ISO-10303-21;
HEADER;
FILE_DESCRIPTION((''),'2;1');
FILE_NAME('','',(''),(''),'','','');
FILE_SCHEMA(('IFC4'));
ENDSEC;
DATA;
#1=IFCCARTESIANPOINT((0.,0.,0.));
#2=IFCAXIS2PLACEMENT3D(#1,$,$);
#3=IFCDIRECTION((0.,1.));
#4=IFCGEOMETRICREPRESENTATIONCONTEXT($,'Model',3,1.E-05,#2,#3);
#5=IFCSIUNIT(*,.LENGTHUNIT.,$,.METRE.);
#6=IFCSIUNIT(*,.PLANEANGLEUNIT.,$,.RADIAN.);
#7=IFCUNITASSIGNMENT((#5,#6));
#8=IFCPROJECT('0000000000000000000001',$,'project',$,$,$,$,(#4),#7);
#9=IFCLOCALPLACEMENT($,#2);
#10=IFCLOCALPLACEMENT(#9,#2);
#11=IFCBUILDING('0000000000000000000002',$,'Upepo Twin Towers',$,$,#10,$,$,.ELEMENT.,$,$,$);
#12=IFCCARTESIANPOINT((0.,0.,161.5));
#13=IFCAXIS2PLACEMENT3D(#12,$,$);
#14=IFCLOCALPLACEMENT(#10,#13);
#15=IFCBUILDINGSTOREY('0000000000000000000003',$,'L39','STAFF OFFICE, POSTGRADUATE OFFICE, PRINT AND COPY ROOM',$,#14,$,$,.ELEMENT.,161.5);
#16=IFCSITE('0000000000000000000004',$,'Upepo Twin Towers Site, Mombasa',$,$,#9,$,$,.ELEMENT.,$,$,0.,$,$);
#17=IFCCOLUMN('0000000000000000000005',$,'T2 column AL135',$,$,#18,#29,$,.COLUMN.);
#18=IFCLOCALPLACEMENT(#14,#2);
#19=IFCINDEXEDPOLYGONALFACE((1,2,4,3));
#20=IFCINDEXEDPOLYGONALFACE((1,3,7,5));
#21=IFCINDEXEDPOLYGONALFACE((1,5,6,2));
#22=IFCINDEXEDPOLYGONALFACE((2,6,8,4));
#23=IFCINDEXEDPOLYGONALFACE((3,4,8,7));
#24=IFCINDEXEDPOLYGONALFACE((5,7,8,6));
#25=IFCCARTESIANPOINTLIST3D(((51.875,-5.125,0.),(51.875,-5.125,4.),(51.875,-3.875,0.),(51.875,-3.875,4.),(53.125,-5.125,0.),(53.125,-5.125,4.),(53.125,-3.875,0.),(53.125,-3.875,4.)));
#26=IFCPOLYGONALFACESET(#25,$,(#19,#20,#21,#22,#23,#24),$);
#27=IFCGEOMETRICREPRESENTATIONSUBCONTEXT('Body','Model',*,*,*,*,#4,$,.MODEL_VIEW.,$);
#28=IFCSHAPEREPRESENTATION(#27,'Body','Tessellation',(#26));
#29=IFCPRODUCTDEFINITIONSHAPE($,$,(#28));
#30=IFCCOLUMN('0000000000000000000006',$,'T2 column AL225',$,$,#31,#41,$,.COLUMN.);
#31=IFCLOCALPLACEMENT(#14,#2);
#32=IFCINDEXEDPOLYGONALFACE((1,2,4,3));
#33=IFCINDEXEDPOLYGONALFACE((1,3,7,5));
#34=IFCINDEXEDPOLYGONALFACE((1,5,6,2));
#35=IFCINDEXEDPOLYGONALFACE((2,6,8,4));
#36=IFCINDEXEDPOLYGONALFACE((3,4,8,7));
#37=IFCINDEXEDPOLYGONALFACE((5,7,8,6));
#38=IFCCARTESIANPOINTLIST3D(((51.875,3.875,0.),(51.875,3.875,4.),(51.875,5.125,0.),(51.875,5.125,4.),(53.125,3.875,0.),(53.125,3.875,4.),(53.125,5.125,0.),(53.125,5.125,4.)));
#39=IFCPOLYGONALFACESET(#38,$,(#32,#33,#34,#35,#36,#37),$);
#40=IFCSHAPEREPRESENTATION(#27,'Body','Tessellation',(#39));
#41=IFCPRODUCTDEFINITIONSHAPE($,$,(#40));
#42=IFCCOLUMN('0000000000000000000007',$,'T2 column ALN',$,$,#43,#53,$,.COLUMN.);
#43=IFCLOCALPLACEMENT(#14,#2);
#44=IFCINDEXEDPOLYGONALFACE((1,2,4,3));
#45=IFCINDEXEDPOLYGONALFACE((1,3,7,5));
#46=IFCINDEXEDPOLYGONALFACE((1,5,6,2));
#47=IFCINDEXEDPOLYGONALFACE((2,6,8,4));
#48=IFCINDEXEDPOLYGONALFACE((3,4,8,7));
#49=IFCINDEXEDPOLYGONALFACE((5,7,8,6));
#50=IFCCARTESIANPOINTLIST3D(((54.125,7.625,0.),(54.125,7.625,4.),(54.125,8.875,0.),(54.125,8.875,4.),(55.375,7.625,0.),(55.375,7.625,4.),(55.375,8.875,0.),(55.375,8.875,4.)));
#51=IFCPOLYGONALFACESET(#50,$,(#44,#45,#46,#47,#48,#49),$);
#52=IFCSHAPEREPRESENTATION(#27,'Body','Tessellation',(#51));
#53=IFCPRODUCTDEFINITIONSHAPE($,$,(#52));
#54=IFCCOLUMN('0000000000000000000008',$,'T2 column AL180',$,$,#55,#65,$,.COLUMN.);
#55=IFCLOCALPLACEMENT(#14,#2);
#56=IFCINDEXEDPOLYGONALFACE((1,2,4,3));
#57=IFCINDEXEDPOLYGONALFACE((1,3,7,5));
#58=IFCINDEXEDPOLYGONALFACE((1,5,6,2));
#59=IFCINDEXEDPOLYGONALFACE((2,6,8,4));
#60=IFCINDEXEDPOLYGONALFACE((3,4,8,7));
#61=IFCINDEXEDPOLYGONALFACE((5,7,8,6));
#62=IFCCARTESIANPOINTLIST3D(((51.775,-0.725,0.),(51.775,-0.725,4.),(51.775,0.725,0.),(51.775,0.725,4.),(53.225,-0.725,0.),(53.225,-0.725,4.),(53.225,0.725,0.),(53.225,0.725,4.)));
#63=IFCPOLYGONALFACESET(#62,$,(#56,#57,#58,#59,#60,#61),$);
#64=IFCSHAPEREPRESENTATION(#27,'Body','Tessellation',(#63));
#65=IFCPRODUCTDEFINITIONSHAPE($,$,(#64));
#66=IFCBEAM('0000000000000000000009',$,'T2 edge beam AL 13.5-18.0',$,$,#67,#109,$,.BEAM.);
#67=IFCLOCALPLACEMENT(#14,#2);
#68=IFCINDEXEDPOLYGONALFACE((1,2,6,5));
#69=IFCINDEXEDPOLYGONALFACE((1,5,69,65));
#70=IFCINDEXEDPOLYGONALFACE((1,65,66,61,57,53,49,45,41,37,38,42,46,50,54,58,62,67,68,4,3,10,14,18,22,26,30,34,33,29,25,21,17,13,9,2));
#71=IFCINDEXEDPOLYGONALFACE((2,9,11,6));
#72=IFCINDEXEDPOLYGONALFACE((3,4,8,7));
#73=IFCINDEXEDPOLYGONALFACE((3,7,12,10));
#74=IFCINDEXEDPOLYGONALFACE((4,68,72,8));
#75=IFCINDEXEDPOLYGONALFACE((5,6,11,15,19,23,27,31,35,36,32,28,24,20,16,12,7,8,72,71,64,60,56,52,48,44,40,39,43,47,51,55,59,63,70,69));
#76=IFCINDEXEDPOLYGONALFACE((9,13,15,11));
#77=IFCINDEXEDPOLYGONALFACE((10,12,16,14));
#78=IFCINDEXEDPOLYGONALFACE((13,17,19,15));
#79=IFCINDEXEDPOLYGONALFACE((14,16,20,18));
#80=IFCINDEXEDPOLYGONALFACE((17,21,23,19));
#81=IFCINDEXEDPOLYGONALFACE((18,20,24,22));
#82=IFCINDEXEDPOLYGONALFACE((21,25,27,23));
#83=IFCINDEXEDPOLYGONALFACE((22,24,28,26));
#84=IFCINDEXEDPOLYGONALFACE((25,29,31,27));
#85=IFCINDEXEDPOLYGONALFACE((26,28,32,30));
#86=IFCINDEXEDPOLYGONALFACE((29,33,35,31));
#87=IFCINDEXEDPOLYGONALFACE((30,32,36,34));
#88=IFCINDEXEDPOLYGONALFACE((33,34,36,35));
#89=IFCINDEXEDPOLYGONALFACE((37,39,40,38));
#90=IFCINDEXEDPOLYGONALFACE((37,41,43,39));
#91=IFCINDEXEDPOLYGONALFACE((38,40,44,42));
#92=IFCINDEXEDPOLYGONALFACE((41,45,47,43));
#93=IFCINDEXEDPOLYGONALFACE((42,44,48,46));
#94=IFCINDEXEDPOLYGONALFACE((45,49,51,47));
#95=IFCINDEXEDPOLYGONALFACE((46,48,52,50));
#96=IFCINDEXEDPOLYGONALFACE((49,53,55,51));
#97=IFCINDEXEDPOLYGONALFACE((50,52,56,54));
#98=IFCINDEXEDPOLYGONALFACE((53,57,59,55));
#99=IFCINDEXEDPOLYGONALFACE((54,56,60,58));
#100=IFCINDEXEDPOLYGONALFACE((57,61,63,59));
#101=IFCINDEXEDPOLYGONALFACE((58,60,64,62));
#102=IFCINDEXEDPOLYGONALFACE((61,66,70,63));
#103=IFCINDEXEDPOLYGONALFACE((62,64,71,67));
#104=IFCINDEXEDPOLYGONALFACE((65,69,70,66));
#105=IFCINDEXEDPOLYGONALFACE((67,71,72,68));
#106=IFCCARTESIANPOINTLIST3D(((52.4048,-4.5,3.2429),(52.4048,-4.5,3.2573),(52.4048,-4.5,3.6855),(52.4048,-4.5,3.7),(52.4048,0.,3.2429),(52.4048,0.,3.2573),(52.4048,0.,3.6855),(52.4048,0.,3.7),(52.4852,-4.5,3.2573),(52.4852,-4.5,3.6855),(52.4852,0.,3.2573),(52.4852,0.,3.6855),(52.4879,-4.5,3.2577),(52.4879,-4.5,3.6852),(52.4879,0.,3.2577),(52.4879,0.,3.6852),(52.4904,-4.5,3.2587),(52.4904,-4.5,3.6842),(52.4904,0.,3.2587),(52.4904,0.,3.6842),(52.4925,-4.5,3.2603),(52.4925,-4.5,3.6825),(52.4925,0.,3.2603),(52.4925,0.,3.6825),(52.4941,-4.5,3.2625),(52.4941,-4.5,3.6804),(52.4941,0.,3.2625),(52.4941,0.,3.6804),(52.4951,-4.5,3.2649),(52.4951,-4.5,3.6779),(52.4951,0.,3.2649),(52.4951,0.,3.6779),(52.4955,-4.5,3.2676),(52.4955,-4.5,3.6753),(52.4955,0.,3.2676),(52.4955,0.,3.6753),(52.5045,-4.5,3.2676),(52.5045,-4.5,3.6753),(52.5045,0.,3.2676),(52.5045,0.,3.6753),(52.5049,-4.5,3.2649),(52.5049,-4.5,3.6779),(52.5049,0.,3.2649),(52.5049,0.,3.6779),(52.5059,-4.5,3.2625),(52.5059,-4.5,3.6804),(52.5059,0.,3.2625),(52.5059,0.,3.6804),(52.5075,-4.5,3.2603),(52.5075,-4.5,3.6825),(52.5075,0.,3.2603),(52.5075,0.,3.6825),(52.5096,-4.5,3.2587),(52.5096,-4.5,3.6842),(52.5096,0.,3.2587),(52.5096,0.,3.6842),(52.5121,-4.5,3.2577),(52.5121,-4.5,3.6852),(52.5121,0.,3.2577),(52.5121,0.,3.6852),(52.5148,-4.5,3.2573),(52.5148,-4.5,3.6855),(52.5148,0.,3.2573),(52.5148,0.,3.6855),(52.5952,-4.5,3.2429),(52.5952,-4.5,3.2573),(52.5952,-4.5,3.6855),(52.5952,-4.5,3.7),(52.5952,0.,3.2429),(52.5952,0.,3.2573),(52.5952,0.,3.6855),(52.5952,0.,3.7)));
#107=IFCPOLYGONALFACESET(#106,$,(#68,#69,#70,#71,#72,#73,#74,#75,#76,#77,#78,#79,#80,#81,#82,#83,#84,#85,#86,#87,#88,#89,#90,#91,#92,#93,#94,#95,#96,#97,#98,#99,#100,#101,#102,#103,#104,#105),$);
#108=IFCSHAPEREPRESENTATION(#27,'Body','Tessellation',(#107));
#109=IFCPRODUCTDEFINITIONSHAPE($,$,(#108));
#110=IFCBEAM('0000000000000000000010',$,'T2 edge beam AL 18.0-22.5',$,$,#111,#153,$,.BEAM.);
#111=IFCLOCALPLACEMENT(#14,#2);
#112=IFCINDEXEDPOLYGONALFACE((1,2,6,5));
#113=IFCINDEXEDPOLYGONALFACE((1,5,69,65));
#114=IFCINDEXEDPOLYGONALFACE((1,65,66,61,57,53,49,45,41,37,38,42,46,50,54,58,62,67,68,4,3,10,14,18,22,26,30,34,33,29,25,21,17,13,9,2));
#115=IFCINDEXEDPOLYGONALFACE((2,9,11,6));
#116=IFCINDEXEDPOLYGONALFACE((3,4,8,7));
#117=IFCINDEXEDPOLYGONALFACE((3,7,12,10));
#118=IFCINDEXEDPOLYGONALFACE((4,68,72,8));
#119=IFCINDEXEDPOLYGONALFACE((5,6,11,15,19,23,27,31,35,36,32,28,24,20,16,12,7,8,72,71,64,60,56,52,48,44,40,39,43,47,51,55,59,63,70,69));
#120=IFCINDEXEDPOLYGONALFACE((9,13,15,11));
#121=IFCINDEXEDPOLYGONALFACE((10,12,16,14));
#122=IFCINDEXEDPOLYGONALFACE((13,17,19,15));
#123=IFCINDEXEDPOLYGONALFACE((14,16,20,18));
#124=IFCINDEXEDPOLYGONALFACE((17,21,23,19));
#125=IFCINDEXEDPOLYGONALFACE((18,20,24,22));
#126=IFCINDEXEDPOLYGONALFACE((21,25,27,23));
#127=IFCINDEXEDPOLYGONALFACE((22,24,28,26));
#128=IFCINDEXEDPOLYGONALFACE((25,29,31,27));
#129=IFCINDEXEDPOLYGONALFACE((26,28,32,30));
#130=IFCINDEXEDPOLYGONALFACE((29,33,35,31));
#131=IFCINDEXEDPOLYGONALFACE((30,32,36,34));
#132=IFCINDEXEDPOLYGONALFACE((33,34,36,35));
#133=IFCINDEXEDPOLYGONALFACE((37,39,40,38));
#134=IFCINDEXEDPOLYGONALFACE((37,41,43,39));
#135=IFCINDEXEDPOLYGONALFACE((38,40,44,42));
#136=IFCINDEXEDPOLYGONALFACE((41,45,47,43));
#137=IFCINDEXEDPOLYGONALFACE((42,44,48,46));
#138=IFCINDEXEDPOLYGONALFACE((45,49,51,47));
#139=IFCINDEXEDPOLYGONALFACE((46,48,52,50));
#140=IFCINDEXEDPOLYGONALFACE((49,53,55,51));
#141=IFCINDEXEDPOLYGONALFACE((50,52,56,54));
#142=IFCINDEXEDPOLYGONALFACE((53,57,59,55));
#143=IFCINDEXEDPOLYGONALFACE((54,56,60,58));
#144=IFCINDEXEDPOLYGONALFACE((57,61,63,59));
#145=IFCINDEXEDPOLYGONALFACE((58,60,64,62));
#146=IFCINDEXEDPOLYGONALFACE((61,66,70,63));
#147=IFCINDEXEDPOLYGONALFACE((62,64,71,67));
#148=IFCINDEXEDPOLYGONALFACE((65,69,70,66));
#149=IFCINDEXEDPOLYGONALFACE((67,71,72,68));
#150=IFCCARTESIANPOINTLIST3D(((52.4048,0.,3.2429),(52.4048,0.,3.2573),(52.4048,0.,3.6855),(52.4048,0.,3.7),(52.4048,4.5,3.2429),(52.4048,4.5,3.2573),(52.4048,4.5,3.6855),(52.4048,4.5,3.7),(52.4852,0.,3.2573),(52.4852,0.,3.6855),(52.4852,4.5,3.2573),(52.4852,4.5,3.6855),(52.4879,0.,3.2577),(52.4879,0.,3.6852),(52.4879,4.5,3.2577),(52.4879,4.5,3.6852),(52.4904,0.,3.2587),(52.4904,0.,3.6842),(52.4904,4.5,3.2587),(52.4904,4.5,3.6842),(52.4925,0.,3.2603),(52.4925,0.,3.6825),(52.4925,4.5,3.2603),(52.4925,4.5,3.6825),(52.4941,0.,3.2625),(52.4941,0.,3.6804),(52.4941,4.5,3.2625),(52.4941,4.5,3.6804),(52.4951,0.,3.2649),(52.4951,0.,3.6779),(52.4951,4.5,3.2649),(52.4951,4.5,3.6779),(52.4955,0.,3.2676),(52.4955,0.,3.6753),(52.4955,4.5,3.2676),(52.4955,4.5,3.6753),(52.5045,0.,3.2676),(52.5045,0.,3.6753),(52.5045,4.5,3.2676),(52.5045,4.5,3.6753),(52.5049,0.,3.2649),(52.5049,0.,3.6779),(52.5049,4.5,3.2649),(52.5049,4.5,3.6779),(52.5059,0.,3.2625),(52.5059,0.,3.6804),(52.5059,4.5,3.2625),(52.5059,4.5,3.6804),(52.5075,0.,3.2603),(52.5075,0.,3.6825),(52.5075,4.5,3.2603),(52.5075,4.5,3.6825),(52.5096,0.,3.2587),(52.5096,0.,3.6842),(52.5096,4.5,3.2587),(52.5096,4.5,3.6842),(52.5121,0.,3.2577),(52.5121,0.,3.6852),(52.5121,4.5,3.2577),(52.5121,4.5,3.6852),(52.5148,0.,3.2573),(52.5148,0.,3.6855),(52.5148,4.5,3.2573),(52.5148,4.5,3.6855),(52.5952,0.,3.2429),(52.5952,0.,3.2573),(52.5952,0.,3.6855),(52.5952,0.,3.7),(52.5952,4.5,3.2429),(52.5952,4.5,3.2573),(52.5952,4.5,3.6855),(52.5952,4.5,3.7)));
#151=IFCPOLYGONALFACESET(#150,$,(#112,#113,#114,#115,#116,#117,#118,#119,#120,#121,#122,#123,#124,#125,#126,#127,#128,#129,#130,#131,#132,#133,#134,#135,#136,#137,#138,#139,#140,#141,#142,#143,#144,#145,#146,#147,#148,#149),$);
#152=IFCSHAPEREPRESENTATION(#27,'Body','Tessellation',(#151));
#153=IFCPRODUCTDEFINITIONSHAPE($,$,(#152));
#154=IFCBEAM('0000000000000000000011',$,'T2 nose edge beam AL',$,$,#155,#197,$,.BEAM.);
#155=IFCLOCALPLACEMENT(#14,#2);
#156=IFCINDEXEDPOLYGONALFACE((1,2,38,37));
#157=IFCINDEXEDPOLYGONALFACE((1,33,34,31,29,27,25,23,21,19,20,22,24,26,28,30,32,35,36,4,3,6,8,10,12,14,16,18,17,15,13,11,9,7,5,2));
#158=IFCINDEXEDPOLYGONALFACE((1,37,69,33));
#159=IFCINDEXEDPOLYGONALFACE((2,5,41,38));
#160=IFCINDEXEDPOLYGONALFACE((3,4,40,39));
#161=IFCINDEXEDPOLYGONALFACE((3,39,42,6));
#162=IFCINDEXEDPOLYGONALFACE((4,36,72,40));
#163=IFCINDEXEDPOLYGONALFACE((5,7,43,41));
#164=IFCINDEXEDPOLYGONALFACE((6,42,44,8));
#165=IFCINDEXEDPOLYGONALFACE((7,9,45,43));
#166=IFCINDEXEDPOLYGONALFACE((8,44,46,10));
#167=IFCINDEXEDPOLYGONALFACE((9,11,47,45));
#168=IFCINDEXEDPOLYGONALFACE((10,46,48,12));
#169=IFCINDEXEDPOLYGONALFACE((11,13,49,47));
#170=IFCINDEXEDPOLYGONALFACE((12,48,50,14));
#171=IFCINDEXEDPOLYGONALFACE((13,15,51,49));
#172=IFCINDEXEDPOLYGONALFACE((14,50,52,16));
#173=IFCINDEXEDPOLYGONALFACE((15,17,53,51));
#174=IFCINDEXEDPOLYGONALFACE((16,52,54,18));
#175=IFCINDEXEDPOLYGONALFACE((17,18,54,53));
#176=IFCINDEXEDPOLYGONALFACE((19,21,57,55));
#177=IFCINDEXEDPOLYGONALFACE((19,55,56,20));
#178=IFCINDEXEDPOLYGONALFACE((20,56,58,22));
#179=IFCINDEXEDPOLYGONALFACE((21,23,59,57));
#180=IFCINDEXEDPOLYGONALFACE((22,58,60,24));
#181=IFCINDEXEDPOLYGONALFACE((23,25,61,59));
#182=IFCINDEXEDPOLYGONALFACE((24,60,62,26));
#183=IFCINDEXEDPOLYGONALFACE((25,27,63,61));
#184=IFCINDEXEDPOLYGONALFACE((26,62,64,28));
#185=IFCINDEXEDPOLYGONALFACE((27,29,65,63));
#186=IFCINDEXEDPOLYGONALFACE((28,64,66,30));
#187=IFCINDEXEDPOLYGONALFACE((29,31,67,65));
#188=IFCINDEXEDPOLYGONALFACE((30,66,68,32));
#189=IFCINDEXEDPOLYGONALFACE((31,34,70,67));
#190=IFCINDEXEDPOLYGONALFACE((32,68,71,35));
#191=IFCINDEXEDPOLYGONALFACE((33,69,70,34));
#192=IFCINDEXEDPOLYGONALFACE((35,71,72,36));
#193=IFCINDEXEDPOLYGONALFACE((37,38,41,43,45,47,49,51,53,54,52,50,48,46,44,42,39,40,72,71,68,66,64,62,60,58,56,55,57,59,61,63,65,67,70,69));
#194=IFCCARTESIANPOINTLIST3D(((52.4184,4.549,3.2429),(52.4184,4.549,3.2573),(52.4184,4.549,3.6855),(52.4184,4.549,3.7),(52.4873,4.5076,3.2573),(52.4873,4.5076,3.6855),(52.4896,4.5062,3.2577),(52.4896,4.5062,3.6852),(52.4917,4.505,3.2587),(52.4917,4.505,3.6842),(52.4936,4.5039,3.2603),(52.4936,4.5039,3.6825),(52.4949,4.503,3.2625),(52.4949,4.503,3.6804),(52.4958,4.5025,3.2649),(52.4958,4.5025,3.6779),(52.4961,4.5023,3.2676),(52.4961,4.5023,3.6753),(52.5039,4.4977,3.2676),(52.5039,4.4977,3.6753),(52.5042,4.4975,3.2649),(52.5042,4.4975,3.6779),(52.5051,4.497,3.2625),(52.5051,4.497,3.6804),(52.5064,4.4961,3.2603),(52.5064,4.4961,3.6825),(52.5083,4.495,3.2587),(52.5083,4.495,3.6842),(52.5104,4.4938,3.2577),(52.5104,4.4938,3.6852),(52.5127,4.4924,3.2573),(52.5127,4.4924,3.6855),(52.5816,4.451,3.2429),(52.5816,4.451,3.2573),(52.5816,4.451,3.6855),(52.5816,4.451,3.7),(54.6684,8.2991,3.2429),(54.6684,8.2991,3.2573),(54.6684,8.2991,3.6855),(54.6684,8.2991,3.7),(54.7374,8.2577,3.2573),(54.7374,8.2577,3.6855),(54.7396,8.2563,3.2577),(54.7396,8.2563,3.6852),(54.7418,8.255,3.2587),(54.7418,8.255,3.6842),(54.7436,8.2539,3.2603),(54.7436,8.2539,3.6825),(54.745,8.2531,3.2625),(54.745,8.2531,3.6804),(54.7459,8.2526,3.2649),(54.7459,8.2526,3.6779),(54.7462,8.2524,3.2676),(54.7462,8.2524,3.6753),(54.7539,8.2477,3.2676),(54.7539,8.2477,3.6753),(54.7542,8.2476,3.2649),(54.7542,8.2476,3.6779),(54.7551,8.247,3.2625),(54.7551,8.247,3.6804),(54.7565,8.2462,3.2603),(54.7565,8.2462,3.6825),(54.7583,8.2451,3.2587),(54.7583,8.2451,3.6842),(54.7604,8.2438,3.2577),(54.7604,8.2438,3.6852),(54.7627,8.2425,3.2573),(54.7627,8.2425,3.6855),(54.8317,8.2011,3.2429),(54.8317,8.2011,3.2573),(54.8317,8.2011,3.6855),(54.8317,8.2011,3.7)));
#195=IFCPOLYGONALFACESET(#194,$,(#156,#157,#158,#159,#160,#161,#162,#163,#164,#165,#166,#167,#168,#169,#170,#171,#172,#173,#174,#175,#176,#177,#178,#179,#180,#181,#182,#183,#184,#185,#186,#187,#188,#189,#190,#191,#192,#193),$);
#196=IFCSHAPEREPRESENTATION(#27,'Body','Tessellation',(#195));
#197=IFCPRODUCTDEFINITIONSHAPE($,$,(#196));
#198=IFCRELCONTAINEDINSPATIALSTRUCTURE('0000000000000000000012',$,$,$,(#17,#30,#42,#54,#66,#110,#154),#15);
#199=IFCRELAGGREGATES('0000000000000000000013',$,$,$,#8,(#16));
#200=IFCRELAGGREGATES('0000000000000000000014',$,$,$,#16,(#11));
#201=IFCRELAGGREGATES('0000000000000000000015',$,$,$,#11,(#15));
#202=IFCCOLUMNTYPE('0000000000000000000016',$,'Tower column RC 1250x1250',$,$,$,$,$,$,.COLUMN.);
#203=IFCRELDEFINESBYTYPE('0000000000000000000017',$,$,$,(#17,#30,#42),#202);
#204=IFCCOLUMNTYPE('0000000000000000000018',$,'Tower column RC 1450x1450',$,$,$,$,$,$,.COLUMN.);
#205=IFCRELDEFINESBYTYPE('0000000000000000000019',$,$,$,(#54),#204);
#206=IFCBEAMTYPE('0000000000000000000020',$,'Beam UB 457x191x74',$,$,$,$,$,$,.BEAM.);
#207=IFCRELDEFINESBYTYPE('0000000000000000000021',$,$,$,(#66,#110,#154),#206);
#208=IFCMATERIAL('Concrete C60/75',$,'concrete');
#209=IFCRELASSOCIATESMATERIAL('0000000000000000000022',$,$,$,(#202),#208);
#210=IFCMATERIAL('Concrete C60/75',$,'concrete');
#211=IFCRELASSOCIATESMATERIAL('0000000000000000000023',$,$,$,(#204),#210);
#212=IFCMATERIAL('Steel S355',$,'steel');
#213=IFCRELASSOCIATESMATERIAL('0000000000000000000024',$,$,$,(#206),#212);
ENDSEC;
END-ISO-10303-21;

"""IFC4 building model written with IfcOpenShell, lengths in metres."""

from ifc_helpers import new_model, si_unit, direction, frame, origin, origin_2d, place, context, subcontext, project, spatial, rectangle, i_section, extrude, material, material_profile, profile_set, type_object, element, save


model = new_model("IFC4")

# Units and contexts
model_context = context("Model", 3, precision=1e-05, world=origin(), true_north=direction((0.0, 1.0)))
body_context = subcontext(model_context, "Body", "Model", "MODEL_VIEW")
ifc_project = project(units=[si_unit("LENGTHUNIT", "METRE"), si_unit("PLANEANGLEUNIT", "RADIAN")], contexts=[model_context])

# Site, building, storey
site_placement = place(None, origin())
site = spatial("IfcSite", under=ifc_project, at=site_placement, Name="Upepo Twin Towers Site, Mombasa", CompositionType="ELEMENT", RefElevation=0.0)
building_placement = place(site_placement, origin())
building = spatial("IfcBuilding", under=site, at=building_placement, Name="Upepo Twin Towers", CompositionType="ELEMENT")
storey_placement = place(building_placement, frame((0.0, 0.0, 161.5)))
storey = spatial("IfcBuildingStorey", under=building, at=storey_placement, Name="L39", Description="STAFF OFFICE, POSTGRADUATE OFFICE, PRINT AND COPY ROOM", CompositionType="ELEMENT", Elevation=161.5)

# Columns
ifc_material_1 = material(Name="Concrete C60/75", Category="concrete")
ifc_material_profile_1 = material_profile(ifc_material_1, rectangle(XDim=1.25, YDim=1.25, at=origin_2d()), Name="RC 1250x1250")
ifc_profile_set_1 = profile_set([ifc_material_profile_1], Name="Concrete C60/75")
column_type_1 = type_object("IfcColumnType", Name="Tower column RC 1250x1250", PredefinedType="COLUMN", material=ifc_profile_set_1)
for number, where, z_axis, x_axis, name in (
    (1, (52.5, -4.5, 0.0), (0.0, 0.0, 1.0), (1.0, 0.0, 0.0), "T2 column AL135"),
    (2, (52.5, 4.5, 0.0), (0.0, 0.0, 1.0), (1.0, 0.0, 0.0), "T2 column AL225"),
    (3, (54.75, 8.25, 0.0), (0.0, 0.0, 1.0), (1.0, 0.0, 0.0), "T2 column ALN"),
):
    element("IfcColumn", number, at=place(storey_placement, frame(where, z_axis=z_axis, x_axis=x_axis)), inside=storey, type_object=column_type_1, Name=name, PredefinedType="COLUMN", context=body_context, shape_type="SweptSolid", body=[
        extrude(rectangle(XDim=1.25, YDim=1.25, at=origin_2d()), origin(), (0.0, 0.0, 1.0), 4.0),
    ])
ifc_material_2 = material(Name="Concrete C60/75", Category="concrete")
ifc_material_profile_2 = material_profile(ifc_material_2, rectangle(XDim=1.45, YDim=1.45, at=origin_2d()), Name="RC 1450x1450")
ifc_profile_set_2 = profile_set([ifc_material_profile_2], Name="Concrete C60/75")
column_type_2 = type_object("IfcColumnType", Name="Tower column RC 1450x1450", PredefinedType="COLUMN", material=ifc_profile_set_2)
column_placement = place(storey_placement, frame((52.5, 0.0, 0.0), z_axis=(0.0, 0.0, 1.0), x_axis=(1.0, 0.0, 0.0)))
element("IfcColumn", 4, at=column_placement, inside=storey, type_object=column_type_2, Name="T2 column AL180", PredefinedType="COLUMN", context=body_context, shape_type="SweptSolid", body=[
    extrude(rectangle(XDim=1.45, YDim=1.45, at=origin_2d()), origin(), (0.0, 0.0, 1.0), 4.0),
])

# Beams
ifc_material_3 = material(Name="Steel S355", Category="steel")
ifc_material_profile_3 = material_profile(ifc_material_3, i_section(OverallWidth=0.1904, OverallDepth=0.457, WebThickness=0.009, FlangeThickness=0.0144, FilletRadius=0.0103, at=origin_2d()), Name="UB 457x191x74")
ifc_profile_set_3 = profile_set([ifc_material_profile_3], Name="Steel S355")
beam_type_1 = type_object("IfcBeamType", Name="Beam UB 457x191x74", PredefinedType="BEAM", material=ifc_profile_set_3)
for number, where, z_axis, x_axis, name in (
    (5, (52.5, -4.5, 3.4714), (0.0, 1.0, 0.0), (-1.0, 0.0, 0.0), "T2 edge beam AL 13.5-18.0"),
    (6, (52.5, 0.0, 3.4714), (0.0, 1.0, 0.0), (-1.0, 0.0, 0.0), "T2 edge beam AL 18.0-22.5"),
):
    element("IfcBeam", number, at=place(storey_placement, frame(where, z_axis=z_axis, x_axis=x_axis)), inside=storey, type_object=beam_type_1, Name=name, PredefinedType="BEAM", context=body_context, shape_type="SweptSolid", body=[
        extrude(i_section(OverallWidth=0.1904, OverallDepth=0.457, WebThickness=0.009, FlangeThickness=0.0144, FilletRadius=0.0103, at=origin_2d()), origin(), (0.0, 0.0, 1.0), 4.5),
    ])
beam_1_placement = place(storey_placement, frame((52.5, 4.5, 3.4714), z_axis=(0.514496, 0.857493, 0.0), x_axis=(-0.857493, 0.514496, 0.0)))
element("IfcBeam", 7, at=beam_1_placement, inside=storey, type_object=beam_type_1, Name="T2 nose edge beam AL", PredefinedType="BEAM", context=body_context, shape_type="SweptSolid", body=[
    extrude(i_section(OverallWidth=0.1904, OverallDepth=0.457, WebThickness=0.009, FlangeThickness=0.0144, FilletRadius=0.0103, at=origin_2d()), origin(), (0.0, 0.0, 1.0), 4.3733),
])

save(model, "model.ifc")
